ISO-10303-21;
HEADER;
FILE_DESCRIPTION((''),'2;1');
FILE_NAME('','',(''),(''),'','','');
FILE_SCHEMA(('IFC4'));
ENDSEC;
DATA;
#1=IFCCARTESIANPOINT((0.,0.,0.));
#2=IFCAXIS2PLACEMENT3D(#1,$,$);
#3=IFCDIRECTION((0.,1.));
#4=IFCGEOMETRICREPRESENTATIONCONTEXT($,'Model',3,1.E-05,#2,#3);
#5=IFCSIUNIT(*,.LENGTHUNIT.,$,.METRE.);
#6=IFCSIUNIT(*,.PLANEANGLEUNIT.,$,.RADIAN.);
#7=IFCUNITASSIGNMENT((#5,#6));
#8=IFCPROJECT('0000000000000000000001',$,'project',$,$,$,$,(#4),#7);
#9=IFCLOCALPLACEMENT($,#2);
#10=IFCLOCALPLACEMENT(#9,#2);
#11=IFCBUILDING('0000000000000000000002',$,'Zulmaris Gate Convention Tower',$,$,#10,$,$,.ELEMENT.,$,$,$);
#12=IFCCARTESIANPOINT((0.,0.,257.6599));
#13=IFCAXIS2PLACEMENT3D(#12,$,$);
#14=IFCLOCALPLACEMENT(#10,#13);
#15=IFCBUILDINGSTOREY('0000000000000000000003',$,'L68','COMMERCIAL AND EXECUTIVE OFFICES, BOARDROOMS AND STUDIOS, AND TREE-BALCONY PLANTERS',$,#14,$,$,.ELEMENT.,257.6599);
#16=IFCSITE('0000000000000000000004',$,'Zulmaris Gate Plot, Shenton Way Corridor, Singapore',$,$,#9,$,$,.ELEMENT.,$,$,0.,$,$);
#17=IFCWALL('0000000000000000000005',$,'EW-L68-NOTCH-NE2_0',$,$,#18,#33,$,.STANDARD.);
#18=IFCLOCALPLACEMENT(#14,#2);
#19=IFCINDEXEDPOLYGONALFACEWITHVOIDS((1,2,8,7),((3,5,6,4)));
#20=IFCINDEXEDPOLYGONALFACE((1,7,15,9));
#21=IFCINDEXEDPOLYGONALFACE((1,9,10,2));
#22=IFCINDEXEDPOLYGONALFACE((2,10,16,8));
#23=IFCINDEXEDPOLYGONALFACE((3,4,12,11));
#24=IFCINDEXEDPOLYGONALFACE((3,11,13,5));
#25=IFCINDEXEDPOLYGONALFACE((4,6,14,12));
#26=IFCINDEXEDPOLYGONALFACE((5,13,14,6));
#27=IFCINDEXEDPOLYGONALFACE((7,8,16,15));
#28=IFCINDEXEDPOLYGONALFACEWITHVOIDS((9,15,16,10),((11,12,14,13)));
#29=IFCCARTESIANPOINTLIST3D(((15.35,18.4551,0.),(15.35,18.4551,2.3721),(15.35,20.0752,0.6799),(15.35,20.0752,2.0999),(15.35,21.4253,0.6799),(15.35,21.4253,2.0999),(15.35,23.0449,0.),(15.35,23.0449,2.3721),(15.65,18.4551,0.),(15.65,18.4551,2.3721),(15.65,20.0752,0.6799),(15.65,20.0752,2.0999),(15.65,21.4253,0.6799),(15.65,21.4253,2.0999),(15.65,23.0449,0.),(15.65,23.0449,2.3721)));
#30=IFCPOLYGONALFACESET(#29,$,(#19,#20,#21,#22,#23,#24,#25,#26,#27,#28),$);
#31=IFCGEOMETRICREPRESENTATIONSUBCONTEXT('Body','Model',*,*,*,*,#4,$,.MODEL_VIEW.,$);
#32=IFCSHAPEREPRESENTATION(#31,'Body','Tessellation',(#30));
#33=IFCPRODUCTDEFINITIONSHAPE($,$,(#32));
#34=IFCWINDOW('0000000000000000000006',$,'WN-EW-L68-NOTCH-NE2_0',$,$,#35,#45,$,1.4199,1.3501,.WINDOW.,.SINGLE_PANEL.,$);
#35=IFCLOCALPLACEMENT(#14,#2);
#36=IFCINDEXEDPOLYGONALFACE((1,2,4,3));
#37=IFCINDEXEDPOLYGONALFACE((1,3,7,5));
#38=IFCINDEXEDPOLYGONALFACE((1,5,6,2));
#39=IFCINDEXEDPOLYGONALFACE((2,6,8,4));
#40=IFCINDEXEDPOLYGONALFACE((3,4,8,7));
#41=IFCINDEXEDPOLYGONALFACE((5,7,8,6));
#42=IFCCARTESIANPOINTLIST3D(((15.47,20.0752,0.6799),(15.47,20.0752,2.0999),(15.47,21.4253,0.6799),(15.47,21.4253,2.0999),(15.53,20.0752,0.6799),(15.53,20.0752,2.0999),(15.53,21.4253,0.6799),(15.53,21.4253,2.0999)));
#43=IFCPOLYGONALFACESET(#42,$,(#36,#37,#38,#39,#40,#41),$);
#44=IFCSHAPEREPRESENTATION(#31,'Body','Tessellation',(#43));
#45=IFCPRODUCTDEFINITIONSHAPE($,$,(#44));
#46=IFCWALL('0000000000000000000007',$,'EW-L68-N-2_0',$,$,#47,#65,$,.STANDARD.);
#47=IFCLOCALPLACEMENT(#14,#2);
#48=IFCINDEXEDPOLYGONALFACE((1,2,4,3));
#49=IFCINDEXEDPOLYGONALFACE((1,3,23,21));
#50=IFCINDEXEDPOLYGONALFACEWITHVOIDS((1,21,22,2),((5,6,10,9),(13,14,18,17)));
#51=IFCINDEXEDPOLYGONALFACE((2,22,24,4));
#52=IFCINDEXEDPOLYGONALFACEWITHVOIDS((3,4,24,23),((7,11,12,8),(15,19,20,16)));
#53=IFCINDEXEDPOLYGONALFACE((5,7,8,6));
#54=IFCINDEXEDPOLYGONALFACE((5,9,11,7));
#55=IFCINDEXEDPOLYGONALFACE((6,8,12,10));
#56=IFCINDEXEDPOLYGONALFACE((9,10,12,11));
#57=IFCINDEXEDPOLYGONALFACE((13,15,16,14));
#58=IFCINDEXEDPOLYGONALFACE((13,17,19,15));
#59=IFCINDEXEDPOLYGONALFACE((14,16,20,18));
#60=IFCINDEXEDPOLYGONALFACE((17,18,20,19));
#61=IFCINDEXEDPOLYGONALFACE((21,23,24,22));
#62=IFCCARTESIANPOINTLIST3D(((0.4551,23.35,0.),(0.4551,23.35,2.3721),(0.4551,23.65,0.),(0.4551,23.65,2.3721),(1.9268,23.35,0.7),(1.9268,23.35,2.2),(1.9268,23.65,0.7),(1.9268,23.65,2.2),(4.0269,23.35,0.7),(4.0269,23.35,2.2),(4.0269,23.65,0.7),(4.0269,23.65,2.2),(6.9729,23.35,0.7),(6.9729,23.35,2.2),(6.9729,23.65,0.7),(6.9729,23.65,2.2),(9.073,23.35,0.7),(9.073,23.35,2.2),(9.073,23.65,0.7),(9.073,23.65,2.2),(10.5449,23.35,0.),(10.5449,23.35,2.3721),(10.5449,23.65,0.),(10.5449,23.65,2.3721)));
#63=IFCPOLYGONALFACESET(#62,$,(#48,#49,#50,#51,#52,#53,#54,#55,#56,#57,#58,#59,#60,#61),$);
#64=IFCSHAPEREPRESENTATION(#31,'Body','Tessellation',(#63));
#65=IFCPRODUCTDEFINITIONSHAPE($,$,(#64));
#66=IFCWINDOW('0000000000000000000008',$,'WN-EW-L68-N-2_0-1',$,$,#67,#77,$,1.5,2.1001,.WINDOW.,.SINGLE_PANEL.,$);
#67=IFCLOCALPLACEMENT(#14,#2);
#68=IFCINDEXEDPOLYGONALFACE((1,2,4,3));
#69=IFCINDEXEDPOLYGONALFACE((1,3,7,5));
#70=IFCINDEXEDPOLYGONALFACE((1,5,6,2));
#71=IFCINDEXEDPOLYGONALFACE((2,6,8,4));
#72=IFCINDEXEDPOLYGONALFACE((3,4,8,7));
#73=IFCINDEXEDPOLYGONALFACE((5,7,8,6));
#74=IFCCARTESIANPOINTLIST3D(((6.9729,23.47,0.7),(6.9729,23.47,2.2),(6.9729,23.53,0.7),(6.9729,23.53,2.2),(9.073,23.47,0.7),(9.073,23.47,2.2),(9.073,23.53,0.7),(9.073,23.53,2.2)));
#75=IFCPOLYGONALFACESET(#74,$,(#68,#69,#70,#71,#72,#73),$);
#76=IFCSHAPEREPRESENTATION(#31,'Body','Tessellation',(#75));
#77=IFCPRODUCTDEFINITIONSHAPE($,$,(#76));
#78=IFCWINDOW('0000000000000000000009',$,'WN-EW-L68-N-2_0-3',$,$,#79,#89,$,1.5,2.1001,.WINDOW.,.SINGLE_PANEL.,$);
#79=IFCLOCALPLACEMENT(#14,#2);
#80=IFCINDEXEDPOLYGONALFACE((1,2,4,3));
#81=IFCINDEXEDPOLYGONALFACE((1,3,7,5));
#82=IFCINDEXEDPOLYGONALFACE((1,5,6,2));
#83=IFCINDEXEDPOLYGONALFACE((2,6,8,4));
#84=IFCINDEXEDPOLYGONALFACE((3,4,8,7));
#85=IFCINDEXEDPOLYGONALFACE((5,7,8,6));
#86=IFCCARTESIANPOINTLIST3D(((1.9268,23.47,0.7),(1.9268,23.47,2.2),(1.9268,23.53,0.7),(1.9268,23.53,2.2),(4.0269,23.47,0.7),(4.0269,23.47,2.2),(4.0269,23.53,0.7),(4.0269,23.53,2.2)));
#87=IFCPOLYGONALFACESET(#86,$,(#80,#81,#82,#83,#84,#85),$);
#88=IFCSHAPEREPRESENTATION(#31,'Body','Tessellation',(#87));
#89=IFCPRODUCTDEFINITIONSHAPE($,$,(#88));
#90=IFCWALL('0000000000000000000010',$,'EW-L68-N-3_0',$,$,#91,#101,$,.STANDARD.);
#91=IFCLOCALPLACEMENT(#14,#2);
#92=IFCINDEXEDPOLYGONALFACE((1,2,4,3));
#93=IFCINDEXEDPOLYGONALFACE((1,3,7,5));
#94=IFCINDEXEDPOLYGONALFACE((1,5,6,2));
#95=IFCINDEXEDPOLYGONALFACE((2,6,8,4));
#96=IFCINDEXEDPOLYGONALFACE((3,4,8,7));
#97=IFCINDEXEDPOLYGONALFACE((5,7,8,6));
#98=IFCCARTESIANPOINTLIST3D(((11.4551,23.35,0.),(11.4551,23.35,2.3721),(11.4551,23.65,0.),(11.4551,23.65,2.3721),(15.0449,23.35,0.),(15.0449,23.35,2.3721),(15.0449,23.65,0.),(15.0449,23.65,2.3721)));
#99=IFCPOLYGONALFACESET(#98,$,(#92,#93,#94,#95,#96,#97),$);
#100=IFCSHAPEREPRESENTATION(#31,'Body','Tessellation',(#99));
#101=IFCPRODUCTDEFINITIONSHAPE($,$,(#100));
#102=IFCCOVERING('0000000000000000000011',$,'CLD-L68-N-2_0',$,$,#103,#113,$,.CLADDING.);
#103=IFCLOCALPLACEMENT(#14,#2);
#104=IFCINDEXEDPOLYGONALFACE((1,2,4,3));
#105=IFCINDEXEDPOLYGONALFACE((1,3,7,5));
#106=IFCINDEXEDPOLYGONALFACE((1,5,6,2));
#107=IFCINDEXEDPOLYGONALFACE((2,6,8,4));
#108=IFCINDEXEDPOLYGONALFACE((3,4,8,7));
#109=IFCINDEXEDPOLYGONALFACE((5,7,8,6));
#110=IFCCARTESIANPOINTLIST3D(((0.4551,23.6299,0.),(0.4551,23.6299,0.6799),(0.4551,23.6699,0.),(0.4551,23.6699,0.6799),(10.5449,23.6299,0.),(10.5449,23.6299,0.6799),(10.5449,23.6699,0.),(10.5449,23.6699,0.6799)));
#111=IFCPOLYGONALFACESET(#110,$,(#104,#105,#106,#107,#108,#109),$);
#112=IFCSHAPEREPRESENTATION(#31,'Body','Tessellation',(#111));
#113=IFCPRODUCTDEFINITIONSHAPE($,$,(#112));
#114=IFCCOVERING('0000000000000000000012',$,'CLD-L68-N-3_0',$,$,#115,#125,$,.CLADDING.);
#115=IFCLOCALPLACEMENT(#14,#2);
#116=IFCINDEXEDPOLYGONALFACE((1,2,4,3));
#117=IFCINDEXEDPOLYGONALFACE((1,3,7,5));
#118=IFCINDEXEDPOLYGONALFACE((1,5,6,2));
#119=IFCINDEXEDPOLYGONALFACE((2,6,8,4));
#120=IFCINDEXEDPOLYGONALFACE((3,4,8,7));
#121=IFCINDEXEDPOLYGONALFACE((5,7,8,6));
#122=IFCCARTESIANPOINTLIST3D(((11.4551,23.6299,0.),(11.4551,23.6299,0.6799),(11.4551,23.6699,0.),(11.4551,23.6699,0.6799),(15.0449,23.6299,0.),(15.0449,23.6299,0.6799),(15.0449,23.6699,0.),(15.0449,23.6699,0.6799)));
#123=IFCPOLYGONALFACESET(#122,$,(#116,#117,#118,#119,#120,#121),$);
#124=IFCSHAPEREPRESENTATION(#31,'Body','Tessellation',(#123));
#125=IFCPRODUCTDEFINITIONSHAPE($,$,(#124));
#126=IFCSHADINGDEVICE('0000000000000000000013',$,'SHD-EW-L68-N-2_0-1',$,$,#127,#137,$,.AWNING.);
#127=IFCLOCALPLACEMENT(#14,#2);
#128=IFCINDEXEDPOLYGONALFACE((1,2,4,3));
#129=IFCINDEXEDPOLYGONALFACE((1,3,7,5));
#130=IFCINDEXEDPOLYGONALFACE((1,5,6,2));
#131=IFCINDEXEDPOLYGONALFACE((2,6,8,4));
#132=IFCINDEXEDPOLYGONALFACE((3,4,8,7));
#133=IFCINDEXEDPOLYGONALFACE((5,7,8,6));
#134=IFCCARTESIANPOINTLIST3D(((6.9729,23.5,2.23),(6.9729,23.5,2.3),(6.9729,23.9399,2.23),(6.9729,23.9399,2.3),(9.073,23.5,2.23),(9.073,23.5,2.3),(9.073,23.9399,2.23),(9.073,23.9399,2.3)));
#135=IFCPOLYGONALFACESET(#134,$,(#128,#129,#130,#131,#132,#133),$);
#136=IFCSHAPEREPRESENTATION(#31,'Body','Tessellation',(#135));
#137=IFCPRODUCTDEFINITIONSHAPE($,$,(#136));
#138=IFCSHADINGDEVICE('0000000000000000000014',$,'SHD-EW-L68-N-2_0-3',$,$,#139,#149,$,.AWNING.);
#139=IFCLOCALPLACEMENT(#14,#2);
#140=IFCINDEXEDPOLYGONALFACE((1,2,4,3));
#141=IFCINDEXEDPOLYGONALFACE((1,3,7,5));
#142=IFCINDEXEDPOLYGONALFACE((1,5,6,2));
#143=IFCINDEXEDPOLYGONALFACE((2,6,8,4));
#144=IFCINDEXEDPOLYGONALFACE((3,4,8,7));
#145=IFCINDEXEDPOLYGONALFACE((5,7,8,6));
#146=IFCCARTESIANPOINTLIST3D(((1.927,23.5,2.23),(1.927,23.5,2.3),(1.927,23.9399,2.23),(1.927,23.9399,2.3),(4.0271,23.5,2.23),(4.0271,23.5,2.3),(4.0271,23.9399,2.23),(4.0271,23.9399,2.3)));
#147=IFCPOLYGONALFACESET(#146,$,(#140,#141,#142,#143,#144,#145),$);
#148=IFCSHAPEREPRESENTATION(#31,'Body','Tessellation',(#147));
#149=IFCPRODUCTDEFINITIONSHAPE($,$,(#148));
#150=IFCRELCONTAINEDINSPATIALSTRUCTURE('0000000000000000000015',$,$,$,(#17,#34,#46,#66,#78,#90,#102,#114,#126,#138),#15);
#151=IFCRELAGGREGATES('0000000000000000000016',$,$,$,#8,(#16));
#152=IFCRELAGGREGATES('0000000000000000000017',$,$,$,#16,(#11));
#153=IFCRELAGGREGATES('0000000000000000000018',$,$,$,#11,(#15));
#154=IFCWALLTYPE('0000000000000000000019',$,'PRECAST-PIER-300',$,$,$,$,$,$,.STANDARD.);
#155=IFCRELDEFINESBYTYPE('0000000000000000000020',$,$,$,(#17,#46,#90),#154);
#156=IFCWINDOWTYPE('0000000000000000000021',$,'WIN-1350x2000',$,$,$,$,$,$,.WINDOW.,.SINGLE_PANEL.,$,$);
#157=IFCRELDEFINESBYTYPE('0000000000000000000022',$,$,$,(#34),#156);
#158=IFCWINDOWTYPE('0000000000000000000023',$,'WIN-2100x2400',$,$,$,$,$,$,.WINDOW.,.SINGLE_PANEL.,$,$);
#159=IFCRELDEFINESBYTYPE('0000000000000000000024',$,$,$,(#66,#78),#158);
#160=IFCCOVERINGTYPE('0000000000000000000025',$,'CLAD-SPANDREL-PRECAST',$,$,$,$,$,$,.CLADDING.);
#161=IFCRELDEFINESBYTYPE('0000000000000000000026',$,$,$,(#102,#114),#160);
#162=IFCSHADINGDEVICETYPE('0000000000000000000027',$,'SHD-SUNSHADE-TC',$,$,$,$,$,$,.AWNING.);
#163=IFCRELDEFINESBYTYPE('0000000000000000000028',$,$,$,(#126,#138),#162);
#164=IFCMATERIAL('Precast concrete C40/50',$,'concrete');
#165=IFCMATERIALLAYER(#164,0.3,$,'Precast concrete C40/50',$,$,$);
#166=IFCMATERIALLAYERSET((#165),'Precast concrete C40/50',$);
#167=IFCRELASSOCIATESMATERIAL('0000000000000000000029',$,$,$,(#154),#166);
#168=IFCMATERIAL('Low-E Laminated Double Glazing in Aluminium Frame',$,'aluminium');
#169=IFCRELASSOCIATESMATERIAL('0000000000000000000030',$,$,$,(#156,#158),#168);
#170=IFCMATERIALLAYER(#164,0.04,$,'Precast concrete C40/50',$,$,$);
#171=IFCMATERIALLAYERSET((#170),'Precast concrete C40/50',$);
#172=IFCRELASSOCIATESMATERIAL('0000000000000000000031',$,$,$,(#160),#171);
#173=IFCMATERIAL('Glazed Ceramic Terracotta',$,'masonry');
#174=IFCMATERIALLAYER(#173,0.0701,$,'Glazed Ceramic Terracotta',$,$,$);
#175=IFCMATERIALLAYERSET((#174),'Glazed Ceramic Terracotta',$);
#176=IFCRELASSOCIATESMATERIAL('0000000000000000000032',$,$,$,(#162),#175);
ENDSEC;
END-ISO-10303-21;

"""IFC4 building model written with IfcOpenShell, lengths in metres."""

from ifc_helpers import new_model, si_unit, direction, frame, frame_2d, origin, place, context, subcontext, project, spatial, rectangle, extrude, material, layer, layer_set, type_object, element, fill, save


model = new_model("IFC4")

# Units and contexts
model_context = context("Model", 3, precision=1e-05, world=origin(), true_north=direction((0.0, 1.0)))
body_context = subcontext(model_context, "Body", "Model", "MODEL_VIEW")
ifc_project = project(units=[si_unit("LENGTHUNIT", "METRE"), si_unit("PLANEANGLEUNIT", "RADIAN")], contexts=[model_context])

# Site, building, storey
site_placement = place(None, origin())
site = spatial("IfcSite", under=ifc_project, at=site_placement, Name="Zulmaris Gate Plot, Shenton Way Corridor, Singapore", CompositionType="ELEMENT", RefElevation=0.0)
building_placement = place(site_placement, origin())
building = spatial("IfcBuilding", under=site, at=building_placement, Name="Zulmaris Gate Convention Tower", CompositionType="ELEMENT")
storey_placement = place(building_placement, frame((0.0, 0.0, 257.6599)))
storey = spatial("IfcBuildingStorey", under=building, at=storey_placement, Name="L68", Description="COMMERCIAL AND EXECUTIVE OFFICES, BOARDROOMS AND STUDIOS, AND TREE-BALCONY PLANTERS", CompositionType="ELEMENT", Elevation=257.6599)

# Wall, opening, window
ifc_material_1 = material(Name="Precast concrete C40/50", Category="concrete")
ifc_layer_1 = layer(ifc_material_1, 0.3, Name="Precast concrete C40/50")
ifc_layer_set_1 = layer_set([ifc_layer_1], Name="Precast concrete C40/50")
wall_type_1 = type_object("IfcWallType", Name="PRECAST-PIER-300", PredefinedType="STANDARD", material=ifc_layer_set_1)
wall_1_placement = place(storey_placement, frame((15.5, 18.4551, 0.0), z_axis=(0.0, 0.0, 1.0), x_axis=(0.0, 1.0, 0.0)))
wall_1 = element("IfcWall", 1, at=wall_1_placement, inside=storey, type_object=wall_type_1, Name="EW-L68-NOTCH-NE2_0", PredefinedType="STANDARD", context=body_context, shape_type="SweptSolid", body=[
    extrude(rectangle(XDim=4.5898, YDim=0.3, at=frame_2d((2.2949, 0.0))), origin(), (0.0, 0.0, 1.0), 2.3721),
])
opening_1_placement = place(wall_1_placement, frame((1.6201, 0.0, 0.6799)))
opening_1 = element("IfcOpeningElement", 2, at=opening_1_placement, cuts=wall_1, PredefinedType="OPENING", context=body_context, shape_type="SweptSolid", body=[
    extrude(rectangle(XDim=1.3501, YDim=1.4199, at=frame_2d((0.675, 0.71))), frame((0.0, 0.1602, 0.0), z_axis=(0.0, -1.0, 0.0), x_axis=(1.0, 0.0, 0.0)), (0.0, 0.0, 1.0), 0.3201),
])
ifc_material_2 = material(Name="Low-E Laminated Double Glazing in Aluminium Frame", Category="aluminium")
window_type_1 = type_object("IfcWindowType", Name="WIN-1350x2000", PartitioningType="SINGLE_PANEL", PredefinedType="WINDOW", material=ifc_material_2)
window_1_placement = place(opening_1_placement, origin())
window_1 = element("IfcWindow", 3, at=window_1_placement, inside=storey, type_object=window_type_1, Name="WN-EW-L68-NOTCH-NE2_0", OverallHeight=1.4199, OverallWidth=1.3501, PartitioningType="SINGLE_PANEL", PredefinedType="WINDOW", context=body_context, shape_type="SweptSolid", body=[
    extrude(rectangle(XDim=1.3501, YDim=1.4199, at=frame_2d((0.675, 0.71))), frame((0.0, 0.03, 0.0), z_axis=(0.0, -1.0, 0.0), x_axis=(1.0, 0.0, 0.0)), (0.0, 0.0, 1.0), 0.0601),
])
fill(opening_1, window_1)

# Wall, openings, windows
wall_2_placement = place(storey_placement, frame((10.5449, 23.5, 0.0), z_axis=(0.0, 0.0, 1.0), x_axis=(-1.0, 0.0, 0.0)))
wall_2 = element("IfcWall", 4, at=wall_2_placement, inside=storey, type_object=wall_type_1, Name="EW-L68-N-2_0", PredefinedType="STANDARD", context=body_context, shape_type="SweptSolid", body=[
    extrude(rectangle(XDim=10.0898, YDim=0.3, at=frame_2d((5.0449, 0.0))), origin(), (0.0, 0.0, 1.0), 2.3721),
])
opening_2_placement = place(wall_2_placement, frame((1.4719, 0.0, 0.7)))
opening_2 = element("IfcOpeningElement", 5, at=opening_2_placement, cuts=wall_2, PredefinedType="OPENING", context=body_context, shape_type="SweptSolid", body=[
    extrude(rectangle(XDim=2.1001, YDim=1.5, at=frame_2d((1.05, 0.75))), frame((0.0, 0.1602, 0.0), z_axis=(0.0, -1.0, 0.0), x_axis=(1.0, 0.0, 0.0)), (0.0, 0.0, 1.0), 0.3201),
])
opening_3_placement = place(wall_2_placement, frame((6.5181, 0.0, 0.7)))
opening_3 = element("IfcOpeningElement", 6, at=opening_3_placement, cuts=wall_2, PredefinedType="OPENING", context=body_context, shape_type="SweptSolid", body=[
    extrude(rectangle(XDim=2.1001, YDim=1.5, at=frame_2d((1.05, 0.75))), frame((0.0, 0.1602, 0.0), z_axis=(0.0, -1.0, 0.0), x_axis=(1.0, 0.0, 0.0)), (0.0, 0.0, 1.0), 0.3201),
])
window_type_2 = type_object("IfcWindowType", Name="WIN-2100x2400", PartitioningType="SINGLE_PANEL", PredefinedType="WINDOW", material=ifc_material_2)
window_2_placement = place(opening_2_placement, origin())
window_2 = element("IfcWindow", 7, at=window_2_placement, inside=storey, type_object=window_type_2, Name="WN-EW-L68-N-2_0-1", OverallHeight=1.5, OverallWidth=2.1001, PartitioningType="SINGLE_PANEL", PredefinedType="WINDOW", context=body_context, shape_type="SweptSolid", body=[
    extrude(rectangle(XDim=2.1001, YDim=1.5, at=frame_2d((1.05, 0.75))), frame((0.0, 0.03, 0.0), z_axis=(0.0, -1.0, 0.0), x_axis=(1.0, 0.0, 0.0)), (0.0, 0.0, 1.0), 0.0601),
])
fill(opening_2, window_2)
window_3_placement = place(opening_3_placement, origin())
window_3 = element("IfcWindow", 8, at=window_3_placement, inside=storey, type_object=window_type_2, Name="WN-EW-L68-N-2_0-3", OverallHeight=1.5, OverallWidth=2.1001, PartitioningType="SINGLE_PANEL", PredefinedType="WINDOW", context=body_context, shape_type="SweptSolid", body=[
    extrude(rectangle(XDim=2.1001, YDim=1.5, at=frame_2d((1.05, 0.75))), frame((0.0, 0.03, 0.0), z_axis=(0.0, -1.0, 0.0), x_axis=(1.0, 0.0, 0.0)), (0.0, 0.0, 1.0), 0.0601),
])
fill(opening_3, window_3)

# Wall
wall_3_placement = place(storey_placement, frame((15.0449, 23.5, 0.0), z_axis=(0.0, 0.0, 1.0), x_axis=(-1.0, 0.0, 0.0)))
element("IfcWall", 9, at=wall_3_placement, inside=storey, type_object=wall_type_1, Name="EW-L68-N-3_0", PredefinedType="STANDARD", context=body_context, shape_type="SweptSolid", body=[
    extrude(rectangle(XDim=3.5898, YDim=0.3, at=frame_2d((1.7949, 0.0))), origin(), (0.0, 0.0, 1.0), 2.3721),
])

# Coverings
ifc_layer_2 = layer(ifc_material_1, 0.04, Name="Precast concrete C40/50")
ifc_layer_set_2 = layer_set([ifc_layer_2], Name="Precast concrete C40/50")
covering_type = type_object("IfcCoveringType", Name="CLAD-SPANDREL-PRECAST", PredefinedType="CLADDING", material=ifc_layer_set_2)
covering_1_placement = place(storey_placement, frame((10.5449, 23.6499, 0.0), z_axis=(0.0, 0.0, 1.0), x_axis=(-1.0, 0.0, 0.0)))
element("IfcCovering", 10, at=covering_1_placement, inside=storey, type_object=covering_type, Name="CLD-L68-N-2_0", PredefinedType="CLADDING", context=body_context, shape_type="SweptSolid", body=[
    extrude(rectangle(XDim=10.0898, YDim=0.04, at=frame_2d((5.0449, 0.0))), origin(), (0.0, 0.0, 1.0), 0.6799),
])
covering_2_placement = place(storey_placement, frame((15.0449, 23.6499, 0.0), z_axis=(0.0, 0.0, 1.0), x_axis=(-1.0, 0.0, 0.0)))
element("IfcCovering", 11, at=covering_2_placement, inside=storey, type_object=covering_type, Name="CLD-L68-N-3_0", PredefinedType="CLADDING", context=body_context, shape_type="SweptSolid", body=[
    extrude(rectangle(XDim=3.5898, YDim=0.04, at=frame_2d((1.7949, 0.0))), origin(), (0.0, 0.0, 1.0), 0.6799),
])

# Shading devices
ifc_material_3 = material(Name="Glazed Ceramic Terracotta", Category="masonry")
ifc_layer_3 = layer(ifc_material_3, 0.0701, Name="Glazed Ceramic Terracotta")
ifc_layer_set_3 = layer_set([ifc_layer_3], Name="Glazed Ceramic Terracotta")
shading_device_type = type_object("IfcShadingDeviceType", Name="SHD-SUNSHADE-TC", PredefinedType="AWNING", material=ifc_layer_set_3)
for number, where, z_axis, x_axis, name in (
    (12, (9.073, 23.72, 2.23), (0.0, 0.0, 1.0), (-1.0, 0.0, 0.0), "SHD-EW-L68-N-2_0-1"),
    (13, (4.0271, 23.72, 2.23), (0.0, 0.0, 1.0), (-1.0, 0.0, 0.0), "SHD-EW-L68-N-2_0-3"),
):
    element("IfcShadingDevice", number, at=place(storey_placement, frame(where, z_axis=z_axis, x_axis=x_axis)), inside=storey, type_object=shading_device_type, Name=name, PredefinedType="AWNING", context=body_context, shape_type="SweptSolid", body=[
        extrude(rectangle(XDim=2.1001, YDim=0.4399, at=frame_2d((1.05, 0.0))), origin(), (0.0, 0.0, 1.0), 0.0701),
    ])

save(model, "model.ifc")
